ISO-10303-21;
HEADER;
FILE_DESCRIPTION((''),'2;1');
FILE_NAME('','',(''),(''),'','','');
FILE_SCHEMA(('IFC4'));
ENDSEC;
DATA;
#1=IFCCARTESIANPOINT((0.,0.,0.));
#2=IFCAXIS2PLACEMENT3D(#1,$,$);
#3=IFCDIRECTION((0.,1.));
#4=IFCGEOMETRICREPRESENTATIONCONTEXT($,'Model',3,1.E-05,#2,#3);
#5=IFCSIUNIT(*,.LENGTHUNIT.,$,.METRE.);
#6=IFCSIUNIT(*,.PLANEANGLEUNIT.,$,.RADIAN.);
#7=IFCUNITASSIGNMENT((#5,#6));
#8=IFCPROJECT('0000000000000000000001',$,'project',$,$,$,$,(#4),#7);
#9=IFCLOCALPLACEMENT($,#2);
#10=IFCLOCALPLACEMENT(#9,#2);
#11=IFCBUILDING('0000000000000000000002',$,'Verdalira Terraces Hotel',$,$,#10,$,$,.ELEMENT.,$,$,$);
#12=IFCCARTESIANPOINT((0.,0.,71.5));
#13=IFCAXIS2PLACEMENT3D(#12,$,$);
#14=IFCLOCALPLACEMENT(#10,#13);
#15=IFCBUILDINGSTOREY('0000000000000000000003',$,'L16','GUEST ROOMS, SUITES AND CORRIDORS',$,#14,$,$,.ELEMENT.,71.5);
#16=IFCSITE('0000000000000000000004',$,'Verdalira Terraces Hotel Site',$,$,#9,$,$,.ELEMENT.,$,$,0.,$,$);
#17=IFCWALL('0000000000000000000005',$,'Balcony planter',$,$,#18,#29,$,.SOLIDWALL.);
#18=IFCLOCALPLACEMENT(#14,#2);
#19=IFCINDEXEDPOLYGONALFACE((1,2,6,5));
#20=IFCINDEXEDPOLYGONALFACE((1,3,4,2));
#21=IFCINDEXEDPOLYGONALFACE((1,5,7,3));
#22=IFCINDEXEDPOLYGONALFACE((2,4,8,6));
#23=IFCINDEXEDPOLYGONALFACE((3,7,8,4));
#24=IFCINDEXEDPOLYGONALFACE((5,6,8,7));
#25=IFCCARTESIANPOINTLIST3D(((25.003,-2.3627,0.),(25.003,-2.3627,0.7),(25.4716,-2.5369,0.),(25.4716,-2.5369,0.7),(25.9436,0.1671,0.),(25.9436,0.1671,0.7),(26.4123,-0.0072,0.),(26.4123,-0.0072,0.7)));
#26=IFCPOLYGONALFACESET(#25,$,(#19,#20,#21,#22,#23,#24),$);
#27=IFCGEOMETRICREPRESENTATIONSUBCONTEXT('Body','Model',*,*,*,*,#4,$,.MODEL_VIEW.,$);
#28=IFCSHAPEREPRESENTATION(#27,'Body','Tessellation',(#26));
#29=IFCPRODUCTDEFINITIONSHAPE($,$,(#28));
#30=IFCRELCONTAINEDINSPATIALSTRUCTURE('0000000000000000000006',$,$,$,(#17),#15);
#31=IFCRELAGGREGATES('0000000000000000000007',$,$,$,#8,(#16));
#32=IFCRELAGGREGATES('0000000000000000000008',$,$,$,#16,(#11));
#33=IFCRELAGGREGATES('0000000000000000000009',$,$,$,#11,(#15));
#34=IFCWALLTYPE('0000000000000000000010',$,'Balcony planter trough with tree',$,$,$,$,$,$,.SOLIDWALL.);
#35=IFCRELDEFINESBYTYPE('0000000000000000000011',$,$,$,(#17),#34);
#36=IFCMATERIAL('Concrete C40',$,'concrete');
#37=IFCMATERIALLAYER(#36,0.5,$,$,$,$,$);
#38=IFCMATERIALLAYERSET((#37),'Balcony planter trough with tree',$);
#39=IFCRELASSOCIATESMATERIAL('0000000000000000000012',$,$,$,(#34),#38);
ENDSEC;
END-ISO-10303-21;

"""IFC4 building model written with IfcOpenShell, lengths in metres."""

from ifc_helpers import new_model, si_unit, direction, frame, frame_2d, origin, place, context, subcontext, project, spatial, rectangle, extrude, material, layer, layer_set, type_object, element, save


model = new_model("IFC4")

# Units and contexts
model_context = context("Model", 3, precision=1e-05, world=origin(), true_north=direction((0.0, 1.0)))
body_context = subcontext(model_context, "Body", "Model", "MODEL_VIEW")
ifc_project = project(units=[si_unit("LENGTHUNIT", "METRE"), si_unit("PLANEANGLEUNIT", "RADIAN")], contexts=[model_context])

# Site, building, storey
site_placement = place(None, origin())
site = spatial("IfcSite", under=ifc_project, at=site_placement, Name="Verdalira Terraces Hotel Site", CompositionType="ELEMENT", RefElevation=0.0)
building_placement = place(site_placement, origin())
building = spatial("IfcBuilding", under=site, at=building_placement, Name="Verdalira Terraces Hotel", CompositionType="ELEMENT")
storey_placement = place(building_placement, frame((0.0, 0.0, 71.5)))
storey = spatial("IfcBuildingStorey", under=building, at=storey_placement, Name="L16", Description="GUEST ROOMS, SUITES AND CORRIDORS", CompositionType="ELEMENT", Elevation=71.5)

# Wall
ifc_material_1 = material(Name="Concrete C40", Category="concrete")
ifc_layer_1 = layer(ifc_material_1, 0.5)
ifc_layer_set_1 = layer_set([ifc_layer_1], Name="Balcony planter trough with tree")
wall_type_1 = type_object("IfcWallType", Name="Balcony planter trough with tree", PredefinedType="SOLIDWALL", material=ifc_layer_set_1)
wall_1_placement = place(storey_placement, frame((26.178, 0.0801, 0.0), z_axis=(0.0, 0.0, 1.0), x_axis=(-0.348525, -0.9373, 0.0)))
element("IfcWall", 1, at=wall_1_placement, inside=storey, type_object=wall_type_1, Name="Balcony planter", PredefinedType="SOLIDWALL", context=body_context, shape_type="SweptSolid", body=[
    extrude(rectangle(XDim=2.699, YDim=0.5, at=frame_2d((1.3496, 0.0))), origin(), (0.0, 0.0, 1.0), 0.7),
])

save(model, "model.ifc")
